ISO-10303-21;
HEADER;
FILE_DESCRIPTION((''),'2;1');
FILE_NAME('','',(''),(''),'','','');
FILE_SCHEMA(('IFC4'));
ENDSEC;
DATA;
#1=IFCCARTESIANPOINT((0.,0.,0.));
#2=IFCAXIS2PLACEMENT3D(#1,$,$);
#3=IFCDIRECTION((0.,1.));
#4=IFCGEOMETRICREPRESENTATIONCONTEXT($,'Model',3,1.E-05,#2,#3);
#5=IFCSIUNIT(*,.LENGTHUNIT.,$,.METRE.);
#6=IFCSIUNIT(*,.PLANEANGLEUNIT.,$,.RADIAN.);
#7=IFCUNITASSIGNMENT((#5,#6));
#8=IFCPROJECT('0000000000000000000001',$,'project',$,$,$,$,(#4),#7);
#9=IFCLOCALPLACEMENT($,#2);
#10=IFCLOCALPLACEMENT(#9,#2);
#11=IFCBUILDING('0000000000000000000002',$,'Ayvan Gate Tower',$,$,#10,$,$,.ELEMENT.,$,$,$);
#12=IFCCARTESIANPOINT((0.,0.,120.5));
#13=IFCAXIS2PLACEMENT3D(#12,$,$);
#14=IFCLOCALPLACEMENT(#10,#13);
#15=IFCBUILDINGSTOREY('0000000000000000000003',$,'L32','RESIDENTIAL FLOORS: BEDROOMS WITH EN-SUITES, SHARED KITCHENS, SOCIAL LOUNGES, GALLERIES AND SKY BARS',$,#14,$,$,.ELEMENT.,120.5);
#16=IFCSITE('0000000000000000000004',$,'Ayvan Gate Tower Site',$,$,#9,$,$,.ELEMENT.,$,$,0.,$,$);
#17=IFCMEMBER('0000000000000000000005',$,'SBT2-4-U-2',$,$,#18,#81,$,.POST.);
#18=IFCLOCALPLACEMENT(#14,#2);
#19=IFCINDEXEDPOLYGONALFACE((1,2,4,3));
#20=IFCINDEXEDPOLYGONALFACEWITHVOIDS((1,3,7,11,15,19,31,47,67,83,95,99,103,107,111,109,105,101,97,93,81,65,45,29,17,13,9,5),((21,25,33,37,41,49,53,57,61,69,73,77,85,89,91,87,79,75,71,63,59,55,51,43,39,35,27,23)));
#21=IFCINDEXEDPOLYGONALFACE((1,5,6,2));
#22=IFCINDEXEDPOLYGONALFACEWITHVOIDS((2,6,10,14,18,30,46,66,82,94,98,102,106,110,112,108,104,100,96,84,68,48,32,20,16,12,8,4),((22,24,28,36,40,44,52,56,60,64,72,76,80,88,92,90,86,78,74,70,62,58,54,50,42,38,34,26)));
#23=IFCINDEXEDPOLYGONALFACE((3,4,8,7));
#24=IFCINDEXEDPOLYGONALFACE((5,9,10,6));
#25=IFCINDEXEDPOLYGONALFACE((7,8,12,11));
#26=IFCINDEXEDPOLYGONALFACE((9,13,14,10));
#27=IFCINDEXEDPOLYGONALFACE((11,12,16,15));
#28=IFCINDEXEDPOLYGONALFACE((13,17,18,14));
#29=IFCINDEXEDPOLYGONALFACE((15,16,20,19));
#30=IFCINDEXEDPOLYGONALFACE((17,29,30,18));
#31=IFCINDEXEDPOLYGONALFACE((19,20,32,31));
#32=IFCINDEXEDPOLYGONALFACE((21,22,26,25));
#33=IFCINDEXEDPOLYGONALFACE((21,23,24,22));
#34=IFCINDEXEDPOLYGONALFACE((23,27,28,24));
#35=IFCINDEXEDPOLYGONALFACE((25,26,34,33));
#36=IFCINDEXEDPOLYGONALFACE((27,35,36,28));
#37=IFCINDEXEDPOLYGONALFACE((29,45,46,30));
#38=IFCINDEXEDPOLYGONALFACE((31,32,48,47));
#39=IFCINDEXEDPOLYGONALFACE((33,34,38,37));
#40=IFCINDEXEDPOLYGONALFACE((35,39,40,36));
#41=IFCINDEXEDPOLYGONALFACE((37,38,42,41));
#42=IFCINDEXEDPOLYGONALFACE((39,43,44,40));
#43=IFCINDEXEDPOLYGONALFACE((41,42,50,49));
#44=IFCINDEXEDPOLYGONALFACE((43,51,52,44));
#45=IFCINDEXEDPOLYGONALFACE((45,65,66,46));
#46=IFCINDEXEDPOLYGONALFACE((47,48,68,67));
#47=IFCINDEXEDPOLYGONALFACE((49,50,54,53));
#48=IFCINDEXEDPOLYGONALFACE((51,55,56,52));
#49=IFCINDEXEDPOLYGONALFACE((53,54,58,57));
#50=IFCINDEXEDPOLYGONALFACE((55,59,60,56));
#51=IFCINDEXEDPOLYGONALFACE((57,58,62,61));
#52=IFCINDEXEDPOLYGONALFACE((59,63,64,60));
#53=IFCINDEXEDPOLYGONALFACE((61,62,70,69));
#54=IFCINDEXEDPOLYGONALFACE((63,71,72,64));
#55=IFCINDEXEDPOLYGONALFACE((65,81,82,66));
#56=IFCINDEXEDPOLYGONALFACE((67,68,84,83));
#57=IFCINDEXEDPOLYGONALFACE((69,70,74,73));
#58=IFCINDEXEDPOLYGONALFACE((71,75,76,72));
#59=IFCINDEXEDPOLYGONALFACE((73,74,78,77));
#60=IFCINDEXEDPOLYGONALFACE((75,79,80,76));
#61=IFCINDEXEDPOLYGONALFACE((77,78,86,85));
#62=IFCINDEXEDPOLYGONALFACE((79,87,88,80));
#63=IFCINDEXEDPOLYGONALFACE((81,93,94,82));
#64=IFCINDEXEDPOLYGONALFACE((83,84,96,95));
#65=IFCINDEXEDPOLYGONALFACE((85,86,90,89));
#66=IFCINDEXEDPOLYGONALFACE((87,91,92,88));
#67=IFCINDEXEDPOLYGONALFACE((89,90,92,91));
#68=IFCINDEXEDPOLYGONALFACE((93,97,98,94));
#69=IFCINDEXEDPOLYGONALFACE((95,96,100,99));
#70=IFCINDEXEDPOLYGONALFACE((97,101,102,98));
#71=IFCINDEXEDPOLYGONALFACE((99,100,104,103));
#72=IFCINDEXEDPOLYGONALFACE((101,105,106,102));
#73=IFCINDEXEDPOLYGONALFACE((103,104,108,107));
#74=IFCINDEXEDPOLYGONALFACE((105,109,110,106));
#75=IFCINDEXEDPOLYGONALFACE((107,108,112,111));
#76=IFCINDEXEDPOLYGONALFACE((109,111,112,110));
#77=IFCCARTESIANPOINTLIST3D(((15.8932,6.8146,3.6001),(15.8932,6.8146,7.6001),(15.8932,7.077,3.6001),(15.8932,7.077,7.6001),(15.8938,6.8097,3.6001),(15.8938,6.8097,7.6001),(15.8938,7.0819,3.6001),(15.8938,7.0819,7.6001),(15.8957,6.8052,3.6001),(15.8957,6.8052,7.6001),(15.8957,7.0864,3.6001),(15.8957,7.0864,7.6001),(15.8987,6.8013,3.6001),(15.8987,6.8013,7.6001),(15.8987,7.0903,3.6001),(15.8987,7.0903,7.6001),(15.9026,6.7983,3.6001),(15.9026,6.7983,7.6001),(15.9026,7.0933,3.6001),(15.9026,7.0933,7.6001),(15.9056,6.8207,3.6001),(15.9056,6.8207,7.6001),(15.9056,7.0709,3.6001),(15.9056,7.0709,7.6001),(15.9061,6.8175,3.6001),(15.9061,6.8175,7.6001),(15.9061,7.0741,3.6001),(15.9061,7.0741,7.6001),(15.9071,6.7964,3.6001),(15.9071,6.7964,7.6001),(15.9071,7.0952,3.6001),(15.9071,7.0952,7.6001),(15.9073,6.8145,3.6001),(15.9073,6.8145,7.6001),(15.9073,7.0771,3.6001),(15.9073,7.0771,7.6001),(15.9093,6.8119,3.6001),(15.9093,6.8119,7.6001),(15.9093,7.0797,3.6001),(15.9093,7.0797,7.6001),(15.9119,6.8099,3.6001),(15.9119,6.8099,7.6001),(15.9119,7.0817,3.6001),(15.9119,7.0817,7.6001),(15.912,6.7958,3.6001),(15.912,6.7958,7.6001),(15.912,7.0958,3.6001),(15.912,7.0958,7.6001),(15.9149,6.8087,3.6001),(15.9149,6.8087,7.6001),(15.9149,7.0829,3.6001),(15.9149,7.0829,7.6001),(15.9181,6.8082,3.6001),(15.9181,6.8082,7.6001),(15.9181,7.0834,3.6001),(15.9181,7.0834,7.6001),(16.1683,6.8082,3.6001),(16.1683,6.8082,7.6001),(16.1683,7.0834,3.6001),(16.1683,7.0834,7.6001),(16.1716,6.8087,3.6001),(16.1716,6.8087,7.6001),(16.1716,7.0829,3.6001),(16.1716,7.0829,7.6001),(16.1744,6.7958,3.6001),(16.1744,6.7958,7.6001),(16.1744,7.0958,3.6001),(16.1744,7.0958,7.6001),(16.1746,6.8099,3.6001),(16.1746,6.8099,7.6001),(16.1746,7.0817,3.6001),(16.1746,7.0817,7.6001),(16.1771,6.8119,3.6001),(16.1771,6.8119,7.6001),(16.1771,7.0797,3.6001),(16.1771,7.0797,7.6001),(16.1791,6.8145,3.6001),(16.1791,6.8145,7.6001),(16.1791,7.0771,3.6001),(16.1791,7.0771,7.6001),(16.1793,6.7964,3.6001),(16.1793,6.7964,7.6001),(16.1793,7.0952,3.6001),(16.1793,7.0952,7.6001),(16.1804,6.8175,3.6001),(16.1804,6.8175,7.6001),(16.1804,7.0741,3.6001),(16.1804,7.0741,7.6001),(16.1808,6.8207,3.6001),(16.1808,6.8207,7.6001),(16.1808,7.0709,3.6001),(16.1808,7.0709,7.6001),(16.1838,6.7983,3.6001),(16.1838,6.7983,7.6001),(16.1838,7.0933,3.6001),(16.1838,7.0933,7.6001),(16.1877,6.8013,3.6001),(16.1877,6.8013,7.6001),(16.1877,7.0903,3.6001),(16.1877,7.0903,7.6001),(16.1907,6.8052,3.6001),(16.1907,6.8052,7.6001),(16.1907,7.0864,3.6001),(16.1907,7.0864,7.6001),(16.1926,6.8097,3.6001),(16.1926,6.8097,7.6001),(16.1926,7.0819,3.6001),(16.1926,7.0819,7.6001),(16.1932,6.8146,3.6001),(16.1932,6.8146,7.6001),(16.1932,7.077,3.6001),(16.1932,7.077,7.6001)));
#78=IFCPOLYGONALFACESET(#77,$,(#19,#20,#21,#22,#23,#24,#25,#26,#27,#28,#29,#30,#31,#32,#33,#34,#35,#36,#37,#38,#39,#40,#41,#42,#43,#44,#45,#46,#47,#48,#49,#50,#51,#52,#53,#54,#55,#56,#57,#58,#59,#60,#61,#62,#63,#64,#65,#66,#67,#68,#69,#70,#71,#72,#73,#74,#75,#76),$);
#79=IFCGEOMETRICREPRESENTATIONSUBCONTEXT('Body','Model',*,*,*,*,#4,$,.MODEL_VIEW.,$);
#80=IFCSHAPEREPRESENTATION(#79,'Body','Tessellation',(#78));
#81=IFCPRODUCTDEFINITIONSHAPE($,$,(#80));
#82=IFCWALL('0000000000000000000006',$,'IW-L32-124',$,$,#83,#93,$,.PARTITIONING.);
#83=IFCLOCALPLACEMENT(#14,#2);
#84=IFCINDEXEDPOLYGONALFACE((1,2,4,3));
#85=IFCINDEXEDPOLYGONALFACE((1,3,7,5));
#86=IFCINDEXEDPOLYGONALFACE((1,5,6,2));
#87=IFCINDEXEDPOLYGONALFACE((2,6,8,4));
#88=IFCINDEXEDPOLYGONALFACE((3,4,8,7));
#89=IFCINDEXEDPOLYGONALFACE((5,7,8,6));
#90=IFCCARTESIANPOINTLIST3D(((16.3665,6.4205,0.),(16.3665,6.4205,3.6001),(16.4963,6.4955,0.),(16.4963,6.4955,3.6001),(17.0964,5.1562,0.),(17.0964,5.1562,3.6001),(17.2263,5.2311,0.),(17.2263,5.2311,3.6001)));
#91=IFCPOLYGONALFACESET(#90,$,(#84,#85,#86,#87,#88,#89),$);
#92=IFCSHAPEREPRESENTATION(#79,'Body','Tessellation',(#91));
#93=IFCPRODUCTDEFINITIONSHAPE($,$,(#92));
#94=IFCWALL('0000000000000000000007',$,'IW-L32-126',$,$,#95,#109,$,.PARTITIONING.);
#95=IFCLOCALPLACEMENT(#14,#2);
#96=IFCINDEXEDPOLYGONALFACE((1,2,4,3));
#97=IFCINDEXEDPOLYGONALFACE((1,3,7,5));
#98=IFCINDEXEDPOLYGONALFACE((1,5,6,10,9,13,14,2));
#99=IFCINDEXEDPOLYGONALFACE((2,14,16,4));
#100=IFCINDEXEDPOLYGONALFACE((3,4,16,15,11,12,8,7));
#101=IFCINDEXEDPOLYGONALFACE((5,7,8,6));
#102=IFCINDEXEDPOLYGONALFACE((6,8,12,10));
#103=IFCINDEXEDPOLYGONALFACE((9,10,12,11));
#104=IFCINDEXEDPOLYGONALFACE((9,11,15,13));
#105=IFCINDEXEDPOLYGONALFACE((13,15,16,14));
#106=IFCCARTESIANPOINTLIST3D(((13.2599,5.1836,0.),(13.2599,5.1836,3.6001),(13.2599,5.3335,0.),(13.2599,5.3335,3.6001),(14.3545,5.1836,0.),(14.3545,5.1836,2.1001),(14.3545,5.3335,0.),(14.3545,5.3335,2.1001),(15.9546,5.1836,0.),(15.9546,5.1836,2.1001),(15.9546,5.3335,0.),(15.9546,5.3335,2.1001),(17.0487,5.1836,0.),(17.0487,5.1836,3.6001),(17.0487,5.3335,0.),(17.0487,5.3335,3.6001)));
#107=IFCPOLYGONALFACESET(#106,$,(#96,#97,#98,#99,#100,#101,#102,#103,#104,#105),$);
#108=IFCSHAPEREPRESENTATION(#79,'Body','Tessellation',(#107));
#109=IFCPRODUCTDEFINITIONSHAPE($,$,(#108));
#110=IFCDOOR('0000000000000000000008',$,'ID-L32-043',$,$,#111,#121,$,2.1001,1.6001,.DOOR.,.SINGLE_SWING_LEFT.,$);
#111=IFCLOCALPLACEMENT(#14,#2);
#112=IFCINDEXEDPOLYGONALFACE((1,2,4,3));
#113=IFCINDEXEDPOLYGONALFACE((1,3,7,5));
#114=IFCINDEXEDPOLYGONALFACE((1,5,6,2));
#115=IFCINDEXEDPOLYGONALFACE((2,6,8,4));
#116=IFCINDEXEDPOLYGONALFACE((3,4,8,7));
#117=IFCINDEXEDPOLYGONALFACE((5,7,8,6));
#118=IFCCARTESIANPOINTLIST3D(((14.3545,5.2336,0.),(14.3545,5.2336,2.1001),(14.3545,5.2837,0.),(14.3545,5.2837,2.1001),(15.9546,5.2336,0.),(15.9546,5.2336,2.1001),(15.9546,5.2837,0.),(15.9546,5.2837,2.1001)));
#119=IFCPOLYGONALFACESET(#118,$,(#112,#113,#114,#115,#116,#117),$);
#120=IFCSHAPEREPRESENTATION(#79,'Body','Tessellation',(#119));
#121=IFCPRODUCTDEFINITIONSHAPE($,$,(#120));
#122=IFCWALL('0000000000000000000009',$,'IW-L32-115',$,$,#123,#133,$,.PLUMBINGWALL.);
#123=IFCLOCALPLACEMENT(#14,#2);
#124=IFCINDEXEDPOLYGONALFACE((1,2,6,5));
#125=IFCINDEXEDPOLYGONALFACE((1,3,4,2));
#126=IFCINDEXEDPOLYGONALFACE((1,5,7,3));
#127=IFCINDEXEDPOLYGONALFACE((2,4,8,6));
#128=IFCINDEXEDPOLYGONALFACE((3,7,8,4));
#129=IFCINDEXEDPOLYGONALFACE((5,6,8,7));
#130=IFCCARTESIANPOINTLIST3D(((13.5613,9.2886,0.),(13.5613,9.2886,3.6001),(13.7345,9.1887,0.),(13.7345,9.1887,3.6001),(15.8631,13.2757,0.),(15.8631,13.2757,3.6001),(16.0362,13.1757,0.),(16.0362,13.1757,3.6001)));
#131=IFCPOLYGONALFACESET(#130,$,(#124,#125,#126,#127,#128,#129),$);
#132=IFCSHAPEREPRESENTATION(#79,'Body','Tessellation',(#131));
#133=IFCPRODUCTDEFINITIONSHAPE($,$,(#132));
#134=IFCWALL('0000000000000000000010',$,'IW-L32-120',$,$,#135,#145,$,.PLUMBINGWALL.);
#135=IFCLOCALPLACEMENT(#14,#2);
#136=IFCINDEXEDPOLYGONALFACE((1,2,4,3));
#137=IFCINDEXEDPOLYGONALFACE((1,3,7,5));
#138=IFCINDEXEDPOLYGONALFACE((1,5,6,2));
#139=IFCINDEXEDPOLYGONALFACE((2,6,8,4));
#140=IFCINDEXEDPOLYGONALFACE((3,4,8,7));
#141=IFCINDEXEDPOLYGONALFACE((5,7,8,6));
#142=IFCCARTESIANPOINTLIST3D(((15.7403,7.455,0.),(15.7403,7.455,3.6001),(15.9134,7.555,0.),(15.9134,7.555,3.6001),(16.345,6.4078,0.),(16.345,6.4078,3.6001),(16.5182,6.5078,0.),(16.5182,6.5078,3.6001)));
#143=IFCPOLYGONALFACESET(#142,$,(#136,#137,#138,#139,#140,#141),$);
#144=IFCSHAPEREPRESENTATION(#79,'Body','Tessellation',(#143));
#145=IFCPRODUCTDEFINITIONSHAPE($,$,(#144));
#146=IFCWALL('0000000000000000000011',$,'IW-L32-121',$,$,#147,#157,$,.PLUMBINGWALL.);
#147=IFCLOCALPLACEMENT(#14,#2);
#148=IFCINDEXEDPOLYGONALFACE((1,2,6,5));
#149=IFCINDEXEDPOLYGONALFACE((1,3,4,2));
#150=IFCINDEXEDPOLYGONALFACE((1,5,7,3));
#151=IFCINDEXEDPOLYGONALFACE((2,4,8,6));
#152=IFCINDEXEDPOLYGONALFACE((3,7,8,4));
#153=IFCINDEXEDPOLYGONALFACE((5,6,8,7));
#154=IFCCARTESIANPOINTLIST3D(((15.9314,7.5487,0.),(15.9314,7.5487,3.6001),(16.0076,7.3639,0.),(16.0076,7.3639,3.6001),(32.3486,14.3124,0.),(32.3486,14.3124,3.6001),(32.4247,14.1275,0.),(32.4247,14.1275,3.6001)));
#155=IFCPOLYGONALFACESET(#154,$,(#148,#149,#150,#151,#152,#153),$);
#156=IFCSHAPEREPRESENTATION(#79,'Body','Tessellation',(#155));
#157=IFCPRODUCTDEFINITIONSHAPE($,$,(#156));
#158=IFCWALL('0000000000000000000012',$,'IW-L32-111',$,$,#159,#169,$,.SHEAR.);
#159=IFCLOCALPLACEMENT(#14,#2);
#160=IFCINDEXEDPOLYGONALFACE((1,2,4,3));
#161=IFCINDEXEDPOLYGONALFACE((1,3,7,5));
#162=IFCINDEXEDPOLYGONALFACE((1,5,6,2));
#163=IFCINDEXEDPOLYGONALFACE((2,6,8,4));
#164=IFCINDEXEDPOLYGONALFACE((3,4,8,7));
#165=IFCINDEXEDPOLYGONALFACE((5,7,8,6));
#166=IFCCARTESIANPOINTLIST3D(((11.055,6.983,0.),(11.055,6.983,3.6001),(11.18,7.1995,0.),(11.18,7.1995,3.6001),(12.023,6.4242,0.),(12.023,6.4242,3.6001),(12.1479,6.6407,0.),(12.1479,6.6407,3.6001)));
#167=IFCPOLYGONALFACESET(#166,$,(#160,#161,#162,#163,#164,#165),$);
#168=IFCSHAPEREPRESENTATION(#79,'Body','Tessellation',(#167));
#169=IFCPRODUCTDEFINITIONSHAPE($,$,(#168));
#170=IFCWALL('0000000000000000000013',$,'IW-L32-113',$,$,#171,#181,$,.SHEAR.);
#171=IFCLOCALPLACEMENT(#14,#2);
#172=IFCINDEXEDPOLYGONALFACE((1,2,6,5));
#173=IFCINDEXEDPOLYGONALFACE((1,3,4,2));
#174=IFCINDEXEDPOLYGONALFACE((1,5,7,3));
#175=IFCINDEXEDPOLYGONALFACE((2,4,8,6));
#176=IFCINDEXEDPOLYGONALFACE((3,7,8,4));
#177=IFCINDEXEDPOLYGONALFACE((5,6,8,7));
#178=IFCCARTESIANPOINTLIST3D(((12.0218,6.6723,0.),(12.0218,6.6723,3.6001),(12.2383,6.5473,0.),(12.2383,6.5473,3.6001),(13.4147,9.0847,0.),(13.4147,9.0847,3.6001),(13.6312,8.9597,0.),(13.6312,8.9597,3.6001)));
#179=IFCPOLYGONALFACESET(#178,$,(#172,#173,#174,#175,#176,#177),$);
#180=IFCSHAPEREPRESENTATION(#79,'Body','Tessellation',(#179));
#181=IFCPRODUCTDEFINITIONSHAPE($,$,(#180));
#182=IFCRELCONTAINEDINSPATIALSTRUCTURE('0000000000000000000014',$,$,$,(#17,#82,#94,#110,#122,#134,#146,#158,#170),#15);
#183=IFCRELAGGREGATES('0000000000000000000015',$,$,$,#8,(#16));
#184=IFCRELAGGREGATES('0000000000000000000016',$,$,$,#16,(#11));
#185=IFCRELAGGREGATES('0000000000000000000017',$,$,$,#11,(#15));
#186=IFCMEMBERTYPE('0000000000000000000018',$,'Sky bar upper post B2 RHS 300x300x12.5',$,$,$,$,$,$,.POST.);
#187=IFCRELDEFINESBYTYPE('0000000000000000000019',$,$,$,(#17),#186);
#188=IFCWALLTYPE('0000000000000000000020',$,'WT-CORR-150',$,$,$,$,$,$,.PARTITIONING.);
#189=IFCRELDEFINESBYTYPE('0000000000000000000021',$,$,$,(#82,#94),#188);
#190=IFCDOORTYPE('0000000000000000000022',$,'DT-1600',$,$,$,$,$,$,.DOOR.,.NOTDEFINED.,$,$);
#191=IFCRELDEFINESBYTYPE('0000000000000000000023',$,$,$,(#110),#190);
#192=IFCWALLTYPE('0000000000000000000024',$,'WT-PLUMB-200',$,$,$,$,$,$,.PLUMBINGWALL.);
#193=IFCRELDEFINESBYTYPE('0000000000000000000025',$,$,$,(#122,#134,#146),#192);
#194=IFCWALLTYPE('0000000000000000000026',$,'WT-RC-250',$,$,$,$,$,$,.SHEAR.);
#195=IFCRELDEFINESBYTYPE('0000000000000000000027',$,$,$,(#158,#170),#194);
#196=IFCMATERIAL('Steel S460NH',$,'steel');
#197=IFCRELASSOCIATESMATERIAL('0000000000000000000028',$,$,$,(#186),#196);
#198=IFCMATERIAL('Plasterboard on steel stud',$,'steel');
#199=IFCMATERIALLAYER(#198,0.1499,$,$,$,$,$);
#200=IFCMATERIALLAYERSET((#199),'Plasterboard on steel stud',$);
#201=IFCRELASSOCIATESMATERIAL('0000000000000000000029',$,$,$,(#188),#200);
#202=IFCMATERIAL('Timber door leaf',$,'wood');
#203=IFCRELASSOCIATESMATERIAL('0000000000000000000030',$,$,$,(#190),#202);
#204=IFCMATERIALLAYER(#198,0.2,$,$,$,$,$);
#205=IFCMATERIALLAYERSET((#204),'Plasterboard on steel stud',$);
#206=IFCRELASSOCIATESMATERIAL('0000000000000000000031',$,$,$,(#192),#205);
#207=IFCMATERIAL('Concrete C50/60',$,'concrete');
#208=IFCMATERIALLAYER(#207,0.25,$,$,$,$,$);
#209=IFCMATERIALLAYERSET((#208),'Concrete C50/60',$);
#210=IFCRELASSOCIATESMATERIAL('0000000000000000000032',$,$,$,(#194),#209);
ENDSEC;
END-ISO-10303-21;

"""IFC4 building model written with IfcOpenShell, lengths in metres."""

from ifc_helpers import new_model, si_unit, direction, frame, frame_2d, origin, origin_2d, place, context, subcontext, project, spatial, rectangle, hollow_rectangle, extrude, material, layer, layer_set, material_profile, profile_set, type_object, element, fill, save


model = new_model("IFC4")

# Units and contexts
model_context = context("Model", 3, precision=1e-05, world=origin(), true_north=direction((0.0, 1.0)))
body_context = subcontext(model_context, "Body", "Model", "MODEL_VIEW")
ifc_project = project(units=[si_unit("LENGTHUNIT", "METRE"), si_unit("PLANEANGLEUNIT", "RADIAN")], contexts=[model_context])

# Site, building, storey
site_placement = place(None, origin())
site = spatial("IfcSite", under=ifc_project, at=site_placement, Name="Ayvan Gate Tower Site", CompositionType="ELEMENT", RefElevation=0.0)
building_placement = place(site_placement, origin())
building = spatial("IfcBuilding", under=site, at=building_placement, Name="Ayvan Gate Tower", CompositionType="ELEMENT")
storey_placement = place(building_placement, frame((0.0, 0.0, 120.5)))
storey = spatial("IfcBuildingStorey", under=building, at=storey_placement, Name="L32", Description="RESIDENTIAL FLOORS: BEDROOMS WITH EN-SUITES, SHARED KITCHENS, SOCIAL LOUNGES, GALLERIES AND SKY BARS", CompositionType="ELEMENT", Elevation=120.5)

# Member
ifc_material_1 = material(Name="Steel S460NH", Category="steel")
ifc_material_profile_1 = material_profile(ifc_material_1, hollow_rectangle(XDim=0.3, YDim=0.3, WallThickness=0.0125, InnerFilletRadius=0.0125, OuterFilletRadius=0.0188, at=origin_2d()), Name="RHS 300x300x12.5")
ifc_profile_set_1 = profile_set([ifc_material_profile_1], Name="Steel S460NH")
member_type_1 = type_object("IfcMemberType", Name="Sky bar upper post B2 RHS 300x300x12.5", PredefinedType="POST", material=ifc_profile_set_1)
for number, where, z_axis, x_axis, name in (
    (1, (16.0432, 6.9458, 3.6001), (0.0, 0.0, 1.0), (1.0, 0.0, 0.0), "SBT2-4-U-2"),
):
    element("IfcMember", number, at=place(storey_placement, frame(where, z_axis=z_axis, x_axis=x_axis)), inside=storey, type_object=member_type_1, Name=name, PredefinedType="POST", context=body_context, shape_type="SweptSolid", body=[
        extrude(hollow_rectangle(XDim=0.3, YDim=0.3, WallThickness=0.0125, InnerFilletRadius=0.0125, OuterFilletRadius=0.0188, at=origin_2d()), origin(), (0.0, 0.0, 1.0), 4.0),
    ])

# Wall
ifc_material_2 = material(Name="Plasterboard on steel stud", Category="steel")
ifc_layer_1 = layer(ifc_material_2, 0.1499)
ifc_layer_set_1 = layer_set([ifc_layer_1], Name="Plasterboard on steel stud")
wall_type_1 = type_object("IfcWallType", Name="WT-CORR-150", PredefinedType="PARTITIONING", material=ifc_layer_set_1)
wall_1_placement = place(storey_placement, frame((16.4314, 6.458, 0.0), z_axis=(0.0, 0.0, 1.0), x_axis=(0.499988, -0.866032, 0.0)))
element("IfcWall", 2, at=wall_1_placement, inside=storey, type_object=wall_type_1, Name="IW-L32-124", PredefinedType="PARTITIONING", context=body_context, shape_type="SweptSolid", body=[
    extrude(rectangle(XDim=1.46, YDim=0.1499, at=frame_2d((0.73, 0.0))), origin(), (0.0, 0.0, 1.0), 3.6001),
])

# Wall, opening, door
wall_2_placement = place(storey_placement, frame((17.0488, 5.2585, 0.0), z_axis=(0.0, 0.0, 1.0), x_axis=(-1.0, 0.0, 0.0)))
wall_2 = element("IfcWall", 3, at=wall_2_placement, inside=storey, type_object=wall_type_1, Name="IW-L32-126", PredefinedType="PARTITIONING", context=body_context, shape_type="SweptSolid", body=[
    extrude(rectangle(XDim=3.7888, YDim=0.1499, at=frame_2d((1.8945, 0.0))), origin(), (0.0, 0.0, 1.0), 3.6001),
])
opening_placement = place(wall_2_placement, frame((1.0942, 0.0, 0.0)))
opening = element("IfcOpeningElement", 4, at=opening_placement, cuts=wall_2, PredefinedType="OPENING", context=body_context, shape_type="SweptSolid", body=[
    extrude(rectangle(XDim=1.6001, YDim=2.1001, at=frame_2d((0.8, 1.05))), frame((0.0, 0.085, 0.0), z_axis=(0.0, -1.0, 0.0), x_axis=(1.0, 0.0, 0.0)), (0.0, 0.0, 1.0), 0.1699),
])
ifc_material_3 = material(Name="Timber door leaf", Category="wood")
door_type = type_object("IfcDoorType", Name="DT-1600", OperationType="NOTDEFINED", PredefinedType="DOOR", material=ifc_material_3)
door_placement = place(opening_placement, origin())
door = element("IfcDoor", 5, at=door_placement, inside=storey, type_object=door_type, Name="ID-L32-043", OperationType="SINGLE_SWING_LEFT", OverallHeight=2.1001, OverallWidth=1.6001, PredefinedType="DOOR", context=body_context, shape_type="SweptSolid", body=[
    extrude(rectangle(XDim=1.6001, YDim=2.1001, at=frame_2d((0.8, 1.05))), frame((0.0, 0.0249, 0.0), z_axis=(0.0, -1.0, 0.0), x_axis=(1.0, 0.0, 0.0)), (0.0, 0.0, 1.0), 0.05),
])
fill(opening, door)

# Walls
ifc_layer_2 = layer(ifc_material_2, 0.2)
ifc_layer_set_2 = layer_set([ifc_layer_2], Name="Plasterboard on steel stud")
wall_type_2 = type_object("IfcWallType", Name="WT-PLUMB-200", PredefinedType="PLUMBINGWALL", material=ifc_layer_set_2)
wall_3_placement = place(storey_placement, frame((13.6479, 9.2388, 0.0), z_axis=(0.0, 0.0, 1.0), x_axis=(0.499972, 0.866042, 0.0)))
element("IfcWall", 6, at=wall_3_placement, inside=storey, type_object=wall_type_2, Name="IW-L32-115", PredefinedType="PLUMBINGWALL", context=body_context, shape_type="SweptSolid", body=[
    extrude(rectangle(XDim=4.6038, YDim=0.2, at=frame_2d((2.3018, 0.0))), origin(), (0.0, 0.0, 1.0), 3.6001),
])
wall_4_placement = place(storey_placement, frame((15.8269, 7.5049, 0.0), z_axis=(0.0, 0.0, 1.0), x_axis=(0.500113, -0.86596, 0.0)))
element("IfcWall", 7, at=wall_4_placement, inside=storey, type_object=wall_type_2, Name="IW-L32-120", PredefinedType="PLUMBINGWALL", context=body_context, shape_type="SweptSolid", body=[
    extrude(rectangle(XDim=1.2092, YDim=0.2, at=frame_2d((0.6045, 0.0))), origin(), (0.0, 0.0, 1.0), 3.6001),
])
wall_5_placement = place(storey_placement, frame((15.9695, 7.4563, 0.0), z_axis=(0.0, 0.0, 1.0), x_axis=(0.924606, 0.380925, 0.0)))
element("IfcWall", 8, at=wall_5_placement, inside=storey, type_object=wall_type_2, Name="IW-L32-121", PredefinedType="PLUMBINGWALL", context=body_context, shape_type="SweptSolid", body=[
    extrude(rectangle(XDim=17.7559, YDim=0.2, at=frame_2d((8.8779, 0.0))), origin(), (0.0, 0.0, 1.0), 3.6001),
])
ifc_material_4 = material(Name="Concrete C50/60", Category="concrete")
ifc_layer_3 = layer(ifc_material_4, 0.25)
ifc_layer_set_3 = layer_set([ifc_layer_3], Name="Concrete C50/60")
wall_type_3 = type_object("IfcWallType", Name="WT-RC-250", PredefinedType="SHEAR", material=ifc_layer_set_3)
wall_6_placement = place(storey_placement, frame((12.0854, 6.5325, 0.0), z_axis=(0.0, 0.0, 1.0), x_axis=(-0.866044, 0.499968, 0.0)))
element("IfcWall", 9, at=wall_6_placement, inside=storey, type_object=wall_type_3, Name="IW-L32-111", PredefinedType="SHEAR", context=body_context, shape_type="SweptSolid", body=[
    extrude(rectangle(XDim=1.1177, YDim=0.25, at=frame_2d((0.5588, 0.0))), origin(), (0.0, 0.0, 1.0), 3.6001),
])
wall_7_placement = place(storey_placement, frame((13.5229, 9.0222, 0.0), z_axis=(0.0, 0.0, 1.0), x_axis=(-0.500013, -0.866018, 0.0)))
element("IfcWall", 10, at=wall_7_placement, inside=storey, type_object=wall_type_3, Name="IW-L32-113", PredefinedType="SHEAR", context=body_context, shape_type="SweptSolid", body=[
    extrude(rectangle(XDim=2.7856, YDim=0.25, at=frame_2d((1.3928, 0.0))), origin(), (0.0, 0.0, 1.0), 3.6001),
])

save(model, "model.ifc")
